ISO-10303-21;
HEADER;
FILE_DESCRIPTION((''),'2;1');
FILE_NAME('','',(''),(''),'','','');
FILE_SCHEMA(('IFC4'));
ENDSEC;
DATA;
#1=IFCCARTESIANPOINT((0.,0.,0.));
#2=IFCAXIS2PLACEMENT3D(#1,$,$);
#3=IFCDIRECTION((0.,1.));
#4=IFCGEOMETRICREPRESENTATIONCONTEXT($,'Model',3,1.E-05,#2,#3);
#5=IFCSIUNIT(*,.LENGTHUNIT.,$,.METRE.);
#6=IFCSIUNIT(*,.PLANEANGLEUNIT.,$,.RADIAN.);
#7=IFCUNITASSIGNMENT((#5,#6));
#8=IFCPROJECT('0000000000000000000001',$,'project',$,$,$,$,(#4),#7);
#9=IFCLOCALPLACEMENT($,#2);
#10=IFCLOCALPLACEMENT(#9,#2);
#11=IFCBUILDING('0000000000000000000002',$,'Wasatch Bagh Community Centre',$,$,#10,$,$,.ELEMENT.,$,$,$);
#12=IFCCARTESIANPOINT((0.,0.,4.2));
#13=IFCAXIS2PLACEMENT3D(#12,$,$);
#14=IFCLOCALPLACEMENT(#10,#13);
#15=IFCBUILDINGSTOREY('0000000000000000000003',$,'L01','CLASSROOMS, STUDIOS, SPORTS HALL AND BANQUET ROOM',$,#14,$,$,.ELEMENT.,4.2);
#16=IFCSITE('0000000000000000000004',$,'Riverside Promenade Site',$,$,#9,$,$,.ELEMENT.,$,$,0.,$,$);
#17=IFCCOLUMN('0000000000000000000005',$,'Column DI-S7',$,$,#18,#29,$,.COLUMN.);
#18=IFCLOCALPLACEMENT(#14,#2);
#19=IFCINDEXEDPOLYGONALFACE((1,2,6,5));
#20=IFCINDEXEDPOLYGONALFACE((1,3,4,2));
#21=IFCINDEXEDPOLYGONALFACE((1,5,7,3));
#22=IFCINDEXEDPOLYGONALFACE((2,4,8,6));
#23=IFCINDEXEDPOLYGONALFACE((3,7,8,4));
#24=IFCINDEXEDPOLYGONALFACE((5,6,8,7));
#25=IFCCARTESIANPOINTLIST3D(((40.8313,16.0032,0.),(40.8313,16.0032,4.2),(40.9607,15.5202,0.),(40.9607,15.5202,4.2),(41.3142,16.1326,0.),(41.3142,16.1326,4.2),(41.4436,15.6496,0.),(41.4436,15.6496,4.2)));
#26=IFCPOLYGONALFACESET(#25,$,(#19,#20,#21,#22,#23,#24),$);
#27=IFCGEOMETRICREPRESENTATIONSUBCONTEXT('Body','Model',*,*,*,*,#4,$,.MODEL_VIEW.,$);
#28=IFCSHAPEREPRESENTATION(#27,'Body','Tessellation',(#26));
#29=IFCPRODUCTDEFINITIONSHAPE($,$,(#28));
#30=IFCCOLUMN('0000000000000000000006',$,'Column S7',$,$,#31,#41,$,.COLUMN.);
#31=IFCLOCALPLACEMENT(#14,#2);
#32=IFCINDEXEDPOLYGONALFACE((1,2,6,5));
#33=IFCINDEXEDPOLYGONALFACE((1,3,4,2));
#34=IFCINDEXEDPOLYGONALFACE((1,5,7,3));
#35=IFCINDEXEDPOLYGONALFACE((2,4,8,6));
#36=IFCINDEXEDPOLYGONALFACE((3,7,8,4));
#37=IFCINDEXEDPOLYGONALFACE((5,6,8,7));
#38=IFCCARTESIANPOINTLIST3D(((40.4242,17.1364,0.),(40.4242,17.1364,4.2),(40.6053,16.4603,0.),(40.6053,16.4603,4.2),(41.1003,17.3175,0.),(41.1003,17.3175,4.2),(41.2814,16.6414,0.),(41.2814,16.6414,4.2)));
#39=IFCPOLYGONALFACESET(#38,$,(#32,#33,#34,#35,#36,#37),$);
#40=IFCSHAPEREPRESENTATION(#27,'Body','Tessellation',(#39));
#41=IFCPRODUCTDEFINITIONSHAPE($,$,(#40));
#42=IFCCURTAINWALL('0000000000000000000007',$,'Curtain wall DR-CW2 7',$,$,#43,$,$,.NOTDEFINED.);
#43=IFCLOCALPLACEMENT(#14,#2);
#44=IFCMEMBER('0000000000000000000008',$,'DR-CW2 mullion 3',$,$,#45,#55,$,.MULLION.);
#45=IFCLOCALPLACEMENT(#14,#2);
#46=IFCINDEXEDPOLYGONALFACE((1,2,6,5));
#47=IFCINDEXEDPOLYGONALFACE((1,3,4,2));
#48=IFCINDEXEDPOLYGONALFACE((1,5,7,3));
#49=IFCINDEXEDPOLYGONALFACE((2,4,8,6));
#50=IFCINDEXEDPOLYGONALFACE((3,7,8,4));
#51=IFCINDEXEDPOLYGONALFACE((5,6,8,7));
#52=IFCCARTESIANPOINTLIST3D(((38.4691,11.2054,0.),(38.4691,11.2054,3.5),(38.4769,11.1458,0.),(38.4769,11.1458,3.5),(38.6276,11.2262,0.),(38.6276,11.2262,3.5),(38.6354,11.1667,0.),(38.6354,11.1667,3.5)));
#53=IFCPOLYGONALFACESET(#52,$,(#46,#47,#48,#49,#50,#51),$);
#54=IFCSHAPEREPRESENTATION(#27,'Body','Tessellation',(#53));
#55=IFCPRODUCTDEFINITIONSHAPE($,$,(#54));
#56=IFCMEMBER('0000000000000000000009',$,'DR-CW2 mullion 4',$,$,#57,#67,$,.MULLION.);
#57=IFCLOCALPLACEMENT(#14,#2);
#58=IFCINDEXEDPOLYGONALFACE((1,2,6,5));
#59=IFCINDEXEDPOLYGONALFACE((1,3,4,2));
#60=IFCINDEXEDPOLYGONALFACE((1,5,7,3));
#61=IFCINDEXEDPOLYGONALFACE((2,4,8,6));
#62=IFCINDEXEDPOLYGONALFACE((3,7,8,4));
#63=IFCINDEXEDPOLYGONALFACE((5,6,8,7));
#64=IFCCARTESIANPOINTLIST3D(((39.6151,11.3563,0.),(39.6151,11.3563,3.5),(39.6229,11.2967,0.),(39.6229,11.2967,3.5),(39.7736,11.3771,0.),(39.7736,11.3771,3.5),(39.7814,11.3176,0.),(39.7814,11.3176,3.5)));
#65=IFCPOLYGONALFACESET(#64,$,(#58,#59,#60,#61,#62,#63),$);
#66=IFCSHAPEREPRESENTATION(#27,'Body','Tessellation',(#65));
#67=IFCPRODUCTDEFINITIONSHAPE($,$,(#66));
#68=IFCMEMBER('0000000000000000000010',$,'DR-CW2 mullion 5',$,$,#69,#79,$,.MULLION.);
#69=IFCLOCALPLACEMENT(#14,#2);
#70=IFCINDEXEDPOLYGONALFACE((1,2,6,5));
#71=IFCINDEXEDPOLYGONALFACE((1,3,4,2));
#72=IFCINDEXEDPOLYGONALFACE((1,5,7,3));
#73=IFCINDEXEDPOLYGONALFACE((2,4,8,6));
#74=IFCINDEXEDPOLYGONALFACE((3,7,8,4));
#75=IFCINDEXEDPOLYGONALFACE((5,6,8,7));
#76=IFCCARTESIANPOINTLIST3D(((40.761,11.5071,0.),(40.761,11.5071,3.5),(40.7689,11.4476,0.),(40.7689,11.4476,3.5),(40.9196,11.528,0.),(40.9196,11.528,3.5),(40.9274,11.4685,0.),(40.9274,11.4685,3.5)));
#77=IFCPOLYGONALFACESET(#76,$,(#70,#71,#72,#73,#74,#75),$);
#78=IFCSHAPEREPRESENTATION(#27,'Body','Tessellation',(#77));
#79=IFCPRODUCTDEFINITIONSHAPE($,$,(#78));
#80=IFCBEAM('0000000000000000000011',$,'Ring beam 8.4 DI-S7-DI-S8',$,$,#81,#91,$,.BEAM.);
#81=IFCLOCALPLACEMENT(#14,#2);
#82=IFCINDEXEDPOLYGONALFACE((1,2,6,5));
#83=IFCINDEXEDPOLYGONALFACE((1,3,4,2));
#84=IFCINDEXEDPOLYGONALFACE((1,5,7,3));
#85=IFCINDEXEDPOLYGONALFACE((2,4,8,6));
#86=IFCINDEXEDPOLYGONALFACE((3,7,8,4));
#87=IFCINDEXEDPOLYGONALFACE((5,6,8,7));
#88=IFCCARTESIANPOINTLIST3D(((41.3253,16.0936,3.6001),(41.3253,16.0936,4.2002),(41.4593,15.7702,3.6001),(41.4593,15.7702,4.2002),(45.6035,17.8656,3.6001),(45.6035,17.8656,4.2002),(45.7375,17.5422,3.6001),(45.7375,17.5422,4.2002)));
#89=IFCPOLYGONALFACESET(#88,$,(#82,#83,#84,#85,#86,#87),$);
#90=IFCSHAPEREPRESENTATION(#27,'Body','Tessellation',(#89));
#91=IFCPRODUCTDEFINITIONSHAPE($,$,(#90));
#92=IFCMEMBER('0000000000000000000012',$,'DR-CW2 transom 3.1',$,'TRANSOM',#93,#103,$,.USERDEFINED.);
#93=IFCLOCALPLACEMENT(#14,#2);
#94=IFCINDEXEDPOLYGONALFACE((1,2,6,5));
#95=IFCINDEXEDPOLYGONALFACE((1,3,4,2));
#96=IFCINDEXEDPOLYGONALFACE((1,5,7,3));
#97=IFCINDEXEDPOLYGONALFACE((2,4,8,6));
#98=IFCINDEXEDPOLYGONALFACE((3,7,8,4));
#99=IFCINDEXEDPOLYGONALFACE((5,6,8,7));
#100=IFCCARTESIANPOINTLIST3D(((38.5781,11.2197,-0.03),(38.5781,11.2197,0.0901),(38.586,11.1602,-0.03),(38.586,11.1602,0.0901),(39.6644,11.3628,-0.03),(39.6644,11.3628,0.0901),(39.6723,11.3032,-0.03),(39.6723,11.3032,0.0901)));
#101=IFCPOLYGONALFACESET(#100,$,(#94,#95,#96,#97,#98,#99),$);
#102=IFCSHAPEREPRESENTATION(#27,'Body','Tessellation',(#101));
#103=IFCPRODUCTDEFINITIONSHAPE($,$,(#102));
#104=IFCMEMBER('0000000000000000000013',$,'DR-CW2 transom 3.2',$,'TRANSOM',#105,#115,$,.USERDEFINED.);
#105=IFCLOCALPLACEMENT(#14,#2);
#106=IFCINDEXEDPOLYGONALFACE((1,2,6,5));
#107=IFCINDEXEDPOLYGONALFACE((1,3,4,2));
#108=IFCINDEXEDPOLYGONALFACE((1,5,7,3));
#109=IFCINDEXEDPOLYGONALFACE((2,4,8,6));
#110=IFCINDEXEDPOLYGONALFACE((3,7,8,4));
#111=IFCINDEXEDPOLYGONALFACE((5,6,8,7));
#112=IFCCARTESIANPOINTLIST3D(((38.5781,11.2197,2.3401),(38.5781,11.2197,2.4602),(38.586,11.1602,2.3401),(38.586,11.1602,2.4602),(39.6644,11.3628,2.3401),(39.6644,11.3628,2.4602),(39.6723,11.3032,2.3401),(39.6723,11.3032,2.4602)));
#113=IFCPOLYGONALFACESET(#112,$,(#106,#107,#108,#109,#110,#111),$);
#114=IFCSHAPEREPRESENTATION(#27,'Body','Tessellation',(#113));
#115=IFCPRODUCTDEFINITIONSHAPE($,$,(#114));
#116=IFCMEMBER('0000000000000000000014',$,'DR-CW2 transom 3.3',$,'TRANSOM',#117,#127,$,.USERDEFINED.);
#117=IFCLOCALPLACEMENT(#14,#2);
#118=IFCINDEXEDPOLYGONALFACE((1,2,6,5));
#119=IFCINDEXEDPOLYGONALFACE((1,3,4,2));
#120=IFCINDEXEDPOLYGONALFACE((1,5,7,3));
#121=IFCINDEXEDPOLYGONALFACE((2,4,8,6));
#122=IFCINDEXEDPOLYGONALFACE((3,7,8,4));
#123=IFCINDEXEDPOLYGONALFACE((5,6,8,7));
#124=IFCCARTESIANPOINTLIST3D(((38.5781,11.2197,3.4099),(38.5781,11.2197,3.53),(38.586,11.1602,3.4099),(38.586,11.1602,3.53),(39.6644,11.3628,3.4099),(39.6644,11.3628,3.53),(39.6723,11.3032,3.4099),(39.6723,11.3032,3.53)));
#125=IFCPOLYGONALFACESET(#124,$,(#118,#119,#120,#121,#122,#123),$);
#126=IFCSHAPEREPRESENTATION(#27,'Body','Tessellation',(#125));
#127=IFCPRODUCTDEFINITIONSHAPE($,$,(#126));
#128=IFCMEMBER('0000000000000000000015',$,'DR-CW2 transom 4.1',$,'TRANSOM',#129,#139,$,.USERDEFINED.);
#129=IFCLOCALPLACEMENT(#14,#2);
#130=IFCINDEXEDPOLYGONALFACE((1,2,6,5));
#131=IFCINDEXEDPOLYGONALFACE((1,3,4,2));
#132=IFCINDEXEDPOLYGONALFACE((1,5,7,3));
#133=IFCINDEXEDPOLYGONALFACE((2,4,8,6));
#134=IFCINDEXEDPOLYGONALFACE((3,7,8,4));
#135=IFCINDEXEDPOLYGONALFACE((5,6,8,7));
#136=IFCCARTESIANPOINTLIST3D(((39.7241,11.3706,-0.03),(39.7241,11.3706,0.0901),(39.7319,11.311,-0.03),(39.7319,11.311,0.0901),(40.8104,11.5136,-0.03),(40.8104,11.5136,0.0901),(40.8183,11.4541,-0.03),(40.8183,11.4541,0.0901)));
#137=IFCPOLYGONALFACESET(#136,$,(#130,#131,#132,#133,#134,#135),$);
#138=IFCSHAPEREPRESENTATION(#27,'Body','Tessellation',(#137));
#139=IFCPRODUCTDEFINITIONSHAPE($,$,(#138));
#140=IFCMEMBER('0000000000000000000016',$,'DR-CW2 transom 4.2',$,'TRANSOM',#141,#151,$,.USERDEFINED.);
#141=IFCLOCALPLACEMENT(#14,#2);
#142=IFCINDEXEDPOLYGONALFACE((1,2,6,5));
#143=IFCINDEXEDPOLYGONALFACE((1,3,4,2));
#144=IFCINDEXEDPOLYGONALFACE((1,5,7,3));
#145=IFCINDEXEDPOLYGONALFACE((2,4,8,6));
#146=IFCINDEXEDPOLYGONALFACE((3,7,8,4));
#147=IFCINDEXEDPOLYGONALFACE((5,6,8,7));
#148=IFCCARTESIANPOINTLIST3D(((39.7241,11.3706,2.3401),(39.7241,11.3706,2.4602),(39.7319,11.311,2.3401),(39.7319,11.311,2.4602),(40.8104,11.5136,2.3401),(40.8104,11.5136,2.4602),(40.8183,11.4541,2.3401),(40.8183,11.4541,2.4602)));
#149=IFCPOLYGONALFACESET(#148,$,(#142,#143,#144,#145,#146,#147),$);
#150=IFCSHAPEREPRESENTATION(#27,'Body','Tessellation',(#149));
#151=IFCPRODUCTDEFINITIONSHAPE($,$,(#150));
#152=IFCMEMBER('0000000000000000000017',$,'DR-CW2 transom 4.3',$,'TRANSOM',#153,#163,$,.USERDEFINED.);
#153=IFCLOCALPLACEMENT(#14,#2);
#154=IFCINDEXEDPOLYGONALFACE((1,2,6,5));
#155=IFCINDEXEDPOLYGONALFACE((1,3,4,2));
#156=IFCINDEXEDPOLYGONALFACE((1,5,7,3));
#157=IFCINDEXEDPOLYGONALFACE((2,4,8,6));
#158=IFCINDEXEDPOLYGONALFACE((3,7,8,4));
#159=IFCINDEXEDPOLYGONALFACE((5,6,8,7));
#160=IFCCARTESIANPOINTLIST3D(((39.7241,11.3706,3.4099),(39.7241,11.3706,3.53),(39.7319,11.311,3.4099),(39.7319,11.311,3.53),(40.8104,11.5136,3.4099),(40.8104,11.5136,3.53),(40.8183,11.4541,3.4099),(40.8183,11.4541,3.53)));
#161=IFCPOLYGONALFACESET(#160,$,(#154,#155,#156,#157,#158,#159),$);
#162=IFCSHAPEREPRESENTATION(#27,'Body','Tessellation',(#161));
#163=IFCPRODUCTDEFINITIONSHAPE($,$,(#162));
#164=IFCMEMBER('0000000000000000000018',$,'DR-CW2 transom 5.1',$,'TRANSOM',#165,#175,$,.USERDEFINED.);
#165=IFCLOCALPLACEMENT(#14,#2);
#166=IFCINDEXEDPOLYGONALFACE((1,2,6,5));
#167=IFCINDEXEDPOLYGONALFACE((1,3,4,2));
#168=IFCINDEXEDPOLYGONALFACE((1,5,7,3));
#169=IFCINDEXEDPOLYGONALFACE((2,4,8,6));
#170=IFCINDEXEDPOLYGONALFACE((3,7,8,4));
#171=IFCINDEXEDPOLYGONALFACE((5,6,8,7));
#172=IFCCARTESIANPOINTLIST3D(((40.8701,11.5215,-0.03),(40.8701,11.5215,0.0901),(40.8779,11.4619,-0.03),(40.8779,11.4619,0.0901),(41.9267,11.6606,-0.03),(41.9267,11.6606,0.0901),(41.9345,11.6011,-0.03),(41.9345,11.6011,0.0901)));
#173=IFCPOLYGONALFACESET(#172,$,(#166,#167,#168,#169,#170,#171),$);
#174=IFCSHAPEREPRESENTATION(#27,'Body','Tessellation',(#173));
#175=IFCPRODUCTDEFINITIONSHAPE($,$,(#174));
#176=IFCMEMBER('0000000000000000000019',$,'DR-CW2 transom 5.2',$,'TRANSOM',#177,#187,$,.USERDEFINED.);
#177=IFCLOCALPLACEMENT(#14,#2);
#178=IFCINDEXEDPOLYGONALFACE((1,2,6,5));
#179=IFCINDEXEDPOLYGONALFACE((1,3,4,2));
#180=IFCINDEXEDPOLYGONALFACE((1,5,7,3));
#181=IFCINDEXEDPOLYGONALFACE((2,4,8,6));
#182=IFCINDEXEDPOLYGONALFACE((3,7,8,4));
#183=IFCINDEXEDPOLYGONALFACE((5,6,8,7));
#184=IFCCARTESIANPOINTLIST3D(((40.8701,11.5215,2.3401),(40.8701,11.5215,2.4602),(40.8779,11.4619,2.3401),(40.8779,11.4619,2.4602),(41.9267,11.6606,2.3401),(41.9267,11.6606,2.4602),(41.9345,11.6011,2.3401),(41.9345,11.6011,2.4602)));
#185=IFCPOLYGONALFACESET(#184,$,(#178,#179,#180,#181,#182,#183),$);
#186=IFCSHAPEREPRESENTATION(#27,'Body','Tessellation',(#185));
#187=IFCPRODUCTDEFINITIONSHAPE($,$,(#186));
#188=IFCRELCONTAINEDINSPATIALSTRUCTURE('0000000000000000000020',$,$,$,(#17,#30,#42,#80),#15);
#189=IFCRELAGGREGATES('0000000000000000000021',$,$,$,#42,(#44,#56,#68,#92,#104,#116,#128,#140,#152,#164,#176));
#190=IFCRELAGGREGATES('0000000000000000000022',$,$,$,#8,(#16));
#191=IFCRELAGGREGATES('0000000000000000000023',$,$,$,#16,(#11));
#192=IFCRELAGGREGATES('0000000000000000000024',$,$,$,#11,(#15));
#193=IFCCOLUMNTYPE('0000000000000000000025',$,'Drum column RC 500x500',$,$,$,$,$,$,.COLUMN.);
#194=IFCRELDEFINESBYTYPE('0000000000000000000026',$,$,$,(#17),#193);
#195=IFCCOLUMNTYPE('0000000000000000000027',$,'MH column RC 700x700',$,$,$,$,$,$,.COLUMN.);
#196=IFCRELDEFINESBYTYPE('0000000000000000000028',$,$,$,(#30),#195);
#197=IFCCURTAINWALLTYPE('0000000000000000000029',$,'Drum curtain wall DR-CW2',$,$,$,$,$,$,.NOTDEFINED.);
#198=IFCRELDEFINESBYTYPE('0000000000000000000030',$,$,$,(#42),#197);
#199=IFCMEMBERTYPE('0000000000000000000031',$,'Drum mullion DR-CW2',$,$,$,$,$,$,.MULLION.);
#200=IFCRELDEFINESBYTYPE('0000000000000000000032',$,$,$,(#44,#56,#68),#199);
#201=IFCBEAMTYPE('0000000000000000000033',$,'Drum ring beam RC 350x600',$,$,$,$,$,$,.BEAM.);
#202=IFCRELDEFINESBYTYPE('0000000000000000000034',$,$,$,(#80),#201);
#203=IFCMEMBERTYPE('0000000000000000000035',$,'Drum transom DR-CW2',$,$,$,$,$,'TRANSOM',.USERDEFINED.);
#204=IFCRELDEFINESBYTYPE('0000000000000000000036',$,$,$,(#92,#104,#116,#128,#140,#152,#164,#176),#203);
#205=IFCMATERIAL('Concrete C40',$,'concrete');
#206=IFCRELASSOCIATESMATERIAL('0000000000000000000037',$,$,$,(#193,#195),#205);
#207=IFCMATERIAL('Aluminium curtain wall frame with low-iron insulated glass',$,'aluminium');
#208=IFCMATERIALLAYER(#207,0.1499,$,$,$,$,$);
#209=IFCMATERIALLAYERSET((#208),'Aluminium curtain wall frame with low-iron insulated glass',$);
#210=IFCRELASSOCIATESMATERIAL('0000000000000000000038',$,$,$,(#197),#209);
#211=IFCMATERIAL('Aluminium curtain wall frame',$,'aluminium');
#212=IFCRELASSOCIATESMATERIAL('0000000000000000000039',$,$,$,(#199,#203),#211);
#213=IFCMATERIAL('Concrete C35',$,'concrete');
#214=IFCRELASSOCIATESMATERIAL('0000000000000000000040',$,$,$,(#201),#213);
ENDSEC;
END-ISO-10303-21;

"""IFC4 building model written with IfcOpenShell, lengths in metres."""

from ifc_helpers import new_model, si_unit, direction, frame, origin, origin_2d, place, context, subcontext, project, spatial, rectangle, extrude, material, layer, layer_set, material_profile, profile_set, type_object, element, aggregate, save


model = new_model("IFC4")

# Units and contexts
model_context = context("Model", 3, precision=1e-05, world=origin(), true_north=direction((0.0, 1.0)))
body_context = subcontext(model_context, "Body", "Model", "MODEL_VIEW")
ifc_project = project(units=[si_unit("LENGTHUNIT", "METRE"), si_unit("PLANEANGLEUNIT", "RADIAN")], contexts=[model_context])

# Site, building, storey
site_placement = place(None, origin())
site = spatial("IfcSite", under=ifc_project, at=site_placement, Name="Riverside Promenade Site", CompositionType="ELEMENT", RefElevation=0.0)
building_placement = place(site_placement, origin())
building = spatial("IfcBuilding", under=site, at=building_placement, Name="Wasatch Bagh Community Centre", CompositionType="ELEMENT")
storey_placement = place(building_placement, frame((0.0, 0.0, 4.2)))
storey = spatial("IfcBuildingStorey", under=building, at=storey_placement, Name="L01", Description="CLASSROOMS, STUDIOS, SPORTS HALL AND BANQUET ROOM", CompositionType="ELEMENT", Elevation=4.2)

# Columns
ifc_material_1 = material(Name="Concrete C40", Category="concrete")
ifc_material_profile_1 = material_profile(ifc_material_1, rectangle(XDim=0.5, YDim=0.5, at=origin_2d()), Name="RC 500x500")
ifc_profile_set_1 = profile_set([ifc_material_profile_1], Name="Concrete C40")
column_type_1 = type_object("IfcColumnType", Name="Drum column RC 500x500", PredefinedType="COLUMN", material=ifc_profile_set_1)
column_1_placement = place(storey_placement, frame((41.1375, 15.8264, 0.0), z_axis=(0.0, 0.0, 1.0), x_axis=(0.965926, 0.258819, 0.0)))
element("IfcColumn", 1, at=column_1_placement, inside=storey, type_object=column_type_1, Name="Column DI-S7", PredefinedType="COLUMN", context=body_context, shape_type="SweptSolid", body=[
    extrude(rectangle(XDim=0.5, YDim=0.5, at=origin_2d()), origin(), (0.0, 0.0, 1.0), 4.2),
])
ifc_material_profile_2 = material_profile(ifc_material_1, rectangle(XDim=0.7, YDim=0.7, at=origin_2d()), Name="RC 700x700")
ifc_profile_set_2 = profile_set([ifc_material_profile_2], Name="Concrete C40")
column_type_2 = type_object("IfcColumnType", Name="MH column RC 700x700", PredefinedType="COLUMN", material=ifc_profile_set_2)
column_2_placement = place(storey_placement, frame((40.8528, 16.8889, 0.0), z_axis=(0.0, 0.0, 1.0), x_axis=(0.965926, 0.258819, 0.0)))
element("IfcColumn", 2, at=column_2_placement, inside=storey, type_object=column_type_2, Name="Column S7", PredefinedType="COLUMN", context=body_context, shape_type="SweptSolid", body=[
    extrude(rectangle(XDim=0.7, YDim=0.7, at=origin_2d()), origin(), (0.0, 0.0, 1.0), 4.2),
])

# Curtain wall, members
ifc_material_2 = material(Name="Aluminium curtain wall frame with low-iron insulated glass", Category="aluminium")
ifc_layer_1 = layer(ifc_material_2, 0.1499)
ifc_layer_set_1 = layer_set([ifc_layer_1], Name="Aluminium curtain wall frame with low-iron insulated glass")
curtain_wall_type = type_object("IfcCurtainWallType", Name="Drum curtain wall DR-CW2", PredefinedType="NOTDEFINED", material=ifc_layer_set_1)
curtain_wall_placement = place(storey_placement, origin())
curtain_wall = element("IfcCurtainWall", 3, at=curtain_wall_placement, inside=storey, type_object=curtain_wall_type, Name="Curtain wall DR-CW2 7", PredefinedType="NOTDEFINED")
ifc_material_3 = material(Name="Aluminium curtain wall frame", Category="aluminium")
ifc_material_profile_3 = material_profile(ifc_material_3, rectangle(XDim=0.0601, YDim=0.1599, at=origin_2d()), Name="Drum mullion DR-CW2")
ifc_profile_set_3 = profile_set([ifc_material_profile_3], Name="Aluminium curtain wall frame")
member_type_1 = type_object("IfcMemberType", Name="Drum mullion DR-CW2", PredefinedType="MULLION", material=ifc_profile_set_3)
member_1_placement = place(storey_placement, frame((38.5522, 11.186, 0.0), z_axis=(0.0, 0.0, 1.0), x_axis=(-0.130526, 0.991445, 0.0)))
member_1 = element("IfcMember", 4, at=member_1_placement, type_object=member_type_1, Name="DR-CW2 mullion 3", PredefinedType="MULLION", context=body_context, shape_type="SweptSolid", body=[
    extrude(rectangle(XDim=0.0601, YDim=0.1599, at=origin_2d()), origin(), (0.0, 0.0, 1.0), 3.5),
])
member_2_placement = place(storey_placement, frame((39.6982, 11.3369, 0.0), z_axis=(0.0, 0.0, 1.0), x_axis=(-0.130526, 0.991445, 0.0)))
member_2 = element("IfcMember", 5, at=member_2_placement, type_object=member_type_1, Name="DR-CW2 mullion 4", PredefinedType="MULLION", context=body_context, shape_type="SweptSolid", body=[
    extrude(rectangle(XDim=0.0601, YDim=0.1599, at=origin_2d()), origin(), (0.0, 0.0, 1.0), 3.5),
])
member_3_placement = place(storey_placement, frame((40.8442, 11.4878, 0.0), z_axis=(0.0, 0.0, 1.0), x_axis=(-0.130526, 0.991445, 0.0)))
member_3 = element("IfcMember", 6, at=member_3_placement, type_object=member_type_1, Name="DR-CW2 mullion 5", PredefinedType="MULLION", context=body_context, shape_type="SweptSolid", body=[
    extrude(rectangle(XDim=0.0601, YDim=0.1599, at=origin_2d()), origin(), (0.0, 0.0, 1.0), 3.5),
])

# Beam
ifc_material_4 = material(Name="Concrete C35", Category="concrete")
ifc_material_profile_4 = material_profile(ifc_material_4, rectangle(XDim=0.3501, YDim=0.6001, at=origin_2d()), Name="RC 350x600")
ifc_profile_set_4 = profile_set([ifc_material_profile_4], Name="Concrete C35")
beam_type_1 = type_object("IfcBeamType", Name="Drum ring beam RC 350x600", PredefinedType="BEAM", material=ifc_profile_set_4)
beam_1_placement = place(storey_placement, frame((41.3923, 15.9319, 3.9001), z_axis=(0.923884, 0.382672, 0.0), x_axis=(-0.382672, 0.923884, 0.0)))
element("IfcBeam", 7, at=beam_1_placement, inside=storey, type_object=beam_type_1, Name="Ring beam 8.4 DI-S7-DI-S8", PredefinedType="BEAM", context=body_context, shape_type="SweptSolid", body=[
    extrude(rectangle(XDim=0.3501, YDim=0.6001, at=origin_2d()), origin(), (0.0, 0.0, 1.0), 4.6306),
])

# Members
ifc_material_profile_5 = material_profile(ifc_material_3, rectangle(XDim=0.0601, YDim=0.1201, at=origin_2d()), Name="Drum transom DR-CW2")
ifc_profile_set_5 = profile_set([ifc_material_profile_5], Name="Aluminium curtain wall frame")
member_type_2 = type_object("IfcMemberType", Name="Drum transom DR-CW2", ElementType="TRANSOM", PredefinedType="USERDEFINED", material=ifc_profile_set_5)
member_4_placement = place(storey_placement, frame((38.582, 11.1899, 0.03), z_axis=(0.991441, 0.130558, 0.0), x_axis=(-0.130558, 0.991441, 0.0)))
member_4 = element("IfcMember", 8, at=member_4_placement, type_object=member_type_2, Name="DR-CW2 transom 3.1", ObjectType="TRANSOM", PredefinedType="USERDEFINED", context=body_context, shape_type="SweptSolid", body=[
    extrude(rectangle(XDim=0.0601, YDim=0.1201, at=origin_2d()), origin(), (0.0, 0.0, 1.0), 1.0957),
])
member_5_placement = place(storey_placement, frame((38.582, 11.1899, 2.4001), z_axis=(0.991441, 0.130558, 0.0), x_axis=(-0.130558, 0.991441, 0.0)))
member_5 = element("IfcMember", 9, at=member_5_placement, type_object=member_type_2, Name="DR-CW2 transom 3.2", ObjectType="TRANSOM", PredefinedType="USERDEFINED", context=body_context, shape_type="SweptSolid", body=[
    extrude(rectangle(XDim=0.0601, YDim=0.1201, at=origin_2d()), origin(), (0.0, 0.0, 1.0), 1.0957),
])
member_6_placement = place(storey_placement, frame((38.582, 11.1899, 3.47), z_axis=(0.991441, 0.130558, 0.0), x_axis=(-0.130558, 0.991441, 0.0)))
member_6 = element("IfcMember", 10, at=member_6_placement, type_object=member_type_2, Name="DR-CW2 transom 3.3", ObjectType="TRANSOM", PredefinedType="USERDEFINED", context=body_context, shape_type="SweptSolid", body=[
    extrude(rectangle(XDim=0.0601, YDim=0.1201, at=origin_2d()), origin(), (0.0, 0.0, 1.0), 1.0957),
])
member_7_placement = place(storey_placement, frame((39.728, 11.3408, 0.03), z_axis=(0.991441, 0.130558, 0.0), x_axis=(-0.130558, 0.991441, 0.0)))
member_7 = element("IfcMember", 11, at=member_7_placement, type_object=member_type_2, Name="DR-CW2 transom 4.1", ObjectType="TRANSOM", PredefinedType="USERDEFINED", context=body_context, shape_type="SweptSolid", body=[
    extrude(rectangle(XDim=0.0601, YDim=0.1201, at=origin_2d()), origin(), (0.0, 0.0, 1.0), 1.0957),
])
member_8_placement = place(storey_placement, frame((39.728, 11.3408, 2.4001), z_axis=(0.991441, 0.130558, 0.0), x_axis=(-0.130558, 0.991441, 0.0)))
member_8 = element("IfcMember", 12, at=member_8_placement, type_object=member_type_2, Name="DR-CW2 transom 4.2", ObjectType="TRANSOM", PredefinedType="USERDEFINED", context=body_context, shape_type="SweptSolid", body=[
    extrude(rectangle(XDim=0.0601, YDim=0.1201, at=origin_2d()), origin(), (0.0, 0.0, 1.0), 1.0957),
])
member_9_placement = place(storey_placement, frame((39.728, 11.3408, 3.47), z_axis=(0.991441, 0.130558, 0.0), x_axis=(-0.130558, 0.991441, 0.0)))
member_9 = element("IfcMember", 13, at=member_9_placement, type_object=member_type_2, Name="DR-CW2 transom 4.3", ObjectType="TRANSOM", PredefinedType="USERDEFINED", context=body_context, shape_type="SweptSolid", body=[
    extrude(rectangle(XDim=0.0601, YDim=0.1201, at=origin_2d()), origin(), (0.0, 0.0, 1.0), 1.0957),
])
member_10_placement = place(storey_placement, frame((40.874, 11.4917, 0.03), z_axis=(0.991439, 0.130573, 0.0), x_axis=(-0.130573, 0.991439, 0.0)))
member_10 = element("IfcMember", 14, at=member_10_placement, type_object=member_type_2, Name="DR-CW2 transom 5.1", ObjectType="TRANSOM", PredefinedType="USERDEFINED", context=body_context, shape_type="SweptSolid", body=[
    extrude(rectangle(XDim=0.0601, YDim=0.1201, at=origin_2d()), origin(), (0.0, 0.0, 1.0), 1.0657),
])
member_11_placement = place(storey_placement, frame((40.874, 11.4917, 2.4001), z_axis=(0.991439, 0.130573, 0.0), x_axis=(-0.130573, 0.991439, 0.0)))
member_11 = element("IfcMember", 15, at=member_11_placement, type_object=member_type_2, Name="DR-CW2 transom 5.2", ObjectType="TRANSOM", PredefinedType="USERDEFINED", context=body_context, shape_type="SweptSolid", body=[
    extrude(rectangle(XDim=0.0601, YDim=0.1201, at=origin_2d()), origin(), (0.0, 0.0, 1.0), 1.0657),
])

aggregate(curtain_wall, [member_1, member_2, member_3, member_4, member_5, member_6, member_7, member_8, member_9, member_10, member_11])

save(model, "model.ifc")
